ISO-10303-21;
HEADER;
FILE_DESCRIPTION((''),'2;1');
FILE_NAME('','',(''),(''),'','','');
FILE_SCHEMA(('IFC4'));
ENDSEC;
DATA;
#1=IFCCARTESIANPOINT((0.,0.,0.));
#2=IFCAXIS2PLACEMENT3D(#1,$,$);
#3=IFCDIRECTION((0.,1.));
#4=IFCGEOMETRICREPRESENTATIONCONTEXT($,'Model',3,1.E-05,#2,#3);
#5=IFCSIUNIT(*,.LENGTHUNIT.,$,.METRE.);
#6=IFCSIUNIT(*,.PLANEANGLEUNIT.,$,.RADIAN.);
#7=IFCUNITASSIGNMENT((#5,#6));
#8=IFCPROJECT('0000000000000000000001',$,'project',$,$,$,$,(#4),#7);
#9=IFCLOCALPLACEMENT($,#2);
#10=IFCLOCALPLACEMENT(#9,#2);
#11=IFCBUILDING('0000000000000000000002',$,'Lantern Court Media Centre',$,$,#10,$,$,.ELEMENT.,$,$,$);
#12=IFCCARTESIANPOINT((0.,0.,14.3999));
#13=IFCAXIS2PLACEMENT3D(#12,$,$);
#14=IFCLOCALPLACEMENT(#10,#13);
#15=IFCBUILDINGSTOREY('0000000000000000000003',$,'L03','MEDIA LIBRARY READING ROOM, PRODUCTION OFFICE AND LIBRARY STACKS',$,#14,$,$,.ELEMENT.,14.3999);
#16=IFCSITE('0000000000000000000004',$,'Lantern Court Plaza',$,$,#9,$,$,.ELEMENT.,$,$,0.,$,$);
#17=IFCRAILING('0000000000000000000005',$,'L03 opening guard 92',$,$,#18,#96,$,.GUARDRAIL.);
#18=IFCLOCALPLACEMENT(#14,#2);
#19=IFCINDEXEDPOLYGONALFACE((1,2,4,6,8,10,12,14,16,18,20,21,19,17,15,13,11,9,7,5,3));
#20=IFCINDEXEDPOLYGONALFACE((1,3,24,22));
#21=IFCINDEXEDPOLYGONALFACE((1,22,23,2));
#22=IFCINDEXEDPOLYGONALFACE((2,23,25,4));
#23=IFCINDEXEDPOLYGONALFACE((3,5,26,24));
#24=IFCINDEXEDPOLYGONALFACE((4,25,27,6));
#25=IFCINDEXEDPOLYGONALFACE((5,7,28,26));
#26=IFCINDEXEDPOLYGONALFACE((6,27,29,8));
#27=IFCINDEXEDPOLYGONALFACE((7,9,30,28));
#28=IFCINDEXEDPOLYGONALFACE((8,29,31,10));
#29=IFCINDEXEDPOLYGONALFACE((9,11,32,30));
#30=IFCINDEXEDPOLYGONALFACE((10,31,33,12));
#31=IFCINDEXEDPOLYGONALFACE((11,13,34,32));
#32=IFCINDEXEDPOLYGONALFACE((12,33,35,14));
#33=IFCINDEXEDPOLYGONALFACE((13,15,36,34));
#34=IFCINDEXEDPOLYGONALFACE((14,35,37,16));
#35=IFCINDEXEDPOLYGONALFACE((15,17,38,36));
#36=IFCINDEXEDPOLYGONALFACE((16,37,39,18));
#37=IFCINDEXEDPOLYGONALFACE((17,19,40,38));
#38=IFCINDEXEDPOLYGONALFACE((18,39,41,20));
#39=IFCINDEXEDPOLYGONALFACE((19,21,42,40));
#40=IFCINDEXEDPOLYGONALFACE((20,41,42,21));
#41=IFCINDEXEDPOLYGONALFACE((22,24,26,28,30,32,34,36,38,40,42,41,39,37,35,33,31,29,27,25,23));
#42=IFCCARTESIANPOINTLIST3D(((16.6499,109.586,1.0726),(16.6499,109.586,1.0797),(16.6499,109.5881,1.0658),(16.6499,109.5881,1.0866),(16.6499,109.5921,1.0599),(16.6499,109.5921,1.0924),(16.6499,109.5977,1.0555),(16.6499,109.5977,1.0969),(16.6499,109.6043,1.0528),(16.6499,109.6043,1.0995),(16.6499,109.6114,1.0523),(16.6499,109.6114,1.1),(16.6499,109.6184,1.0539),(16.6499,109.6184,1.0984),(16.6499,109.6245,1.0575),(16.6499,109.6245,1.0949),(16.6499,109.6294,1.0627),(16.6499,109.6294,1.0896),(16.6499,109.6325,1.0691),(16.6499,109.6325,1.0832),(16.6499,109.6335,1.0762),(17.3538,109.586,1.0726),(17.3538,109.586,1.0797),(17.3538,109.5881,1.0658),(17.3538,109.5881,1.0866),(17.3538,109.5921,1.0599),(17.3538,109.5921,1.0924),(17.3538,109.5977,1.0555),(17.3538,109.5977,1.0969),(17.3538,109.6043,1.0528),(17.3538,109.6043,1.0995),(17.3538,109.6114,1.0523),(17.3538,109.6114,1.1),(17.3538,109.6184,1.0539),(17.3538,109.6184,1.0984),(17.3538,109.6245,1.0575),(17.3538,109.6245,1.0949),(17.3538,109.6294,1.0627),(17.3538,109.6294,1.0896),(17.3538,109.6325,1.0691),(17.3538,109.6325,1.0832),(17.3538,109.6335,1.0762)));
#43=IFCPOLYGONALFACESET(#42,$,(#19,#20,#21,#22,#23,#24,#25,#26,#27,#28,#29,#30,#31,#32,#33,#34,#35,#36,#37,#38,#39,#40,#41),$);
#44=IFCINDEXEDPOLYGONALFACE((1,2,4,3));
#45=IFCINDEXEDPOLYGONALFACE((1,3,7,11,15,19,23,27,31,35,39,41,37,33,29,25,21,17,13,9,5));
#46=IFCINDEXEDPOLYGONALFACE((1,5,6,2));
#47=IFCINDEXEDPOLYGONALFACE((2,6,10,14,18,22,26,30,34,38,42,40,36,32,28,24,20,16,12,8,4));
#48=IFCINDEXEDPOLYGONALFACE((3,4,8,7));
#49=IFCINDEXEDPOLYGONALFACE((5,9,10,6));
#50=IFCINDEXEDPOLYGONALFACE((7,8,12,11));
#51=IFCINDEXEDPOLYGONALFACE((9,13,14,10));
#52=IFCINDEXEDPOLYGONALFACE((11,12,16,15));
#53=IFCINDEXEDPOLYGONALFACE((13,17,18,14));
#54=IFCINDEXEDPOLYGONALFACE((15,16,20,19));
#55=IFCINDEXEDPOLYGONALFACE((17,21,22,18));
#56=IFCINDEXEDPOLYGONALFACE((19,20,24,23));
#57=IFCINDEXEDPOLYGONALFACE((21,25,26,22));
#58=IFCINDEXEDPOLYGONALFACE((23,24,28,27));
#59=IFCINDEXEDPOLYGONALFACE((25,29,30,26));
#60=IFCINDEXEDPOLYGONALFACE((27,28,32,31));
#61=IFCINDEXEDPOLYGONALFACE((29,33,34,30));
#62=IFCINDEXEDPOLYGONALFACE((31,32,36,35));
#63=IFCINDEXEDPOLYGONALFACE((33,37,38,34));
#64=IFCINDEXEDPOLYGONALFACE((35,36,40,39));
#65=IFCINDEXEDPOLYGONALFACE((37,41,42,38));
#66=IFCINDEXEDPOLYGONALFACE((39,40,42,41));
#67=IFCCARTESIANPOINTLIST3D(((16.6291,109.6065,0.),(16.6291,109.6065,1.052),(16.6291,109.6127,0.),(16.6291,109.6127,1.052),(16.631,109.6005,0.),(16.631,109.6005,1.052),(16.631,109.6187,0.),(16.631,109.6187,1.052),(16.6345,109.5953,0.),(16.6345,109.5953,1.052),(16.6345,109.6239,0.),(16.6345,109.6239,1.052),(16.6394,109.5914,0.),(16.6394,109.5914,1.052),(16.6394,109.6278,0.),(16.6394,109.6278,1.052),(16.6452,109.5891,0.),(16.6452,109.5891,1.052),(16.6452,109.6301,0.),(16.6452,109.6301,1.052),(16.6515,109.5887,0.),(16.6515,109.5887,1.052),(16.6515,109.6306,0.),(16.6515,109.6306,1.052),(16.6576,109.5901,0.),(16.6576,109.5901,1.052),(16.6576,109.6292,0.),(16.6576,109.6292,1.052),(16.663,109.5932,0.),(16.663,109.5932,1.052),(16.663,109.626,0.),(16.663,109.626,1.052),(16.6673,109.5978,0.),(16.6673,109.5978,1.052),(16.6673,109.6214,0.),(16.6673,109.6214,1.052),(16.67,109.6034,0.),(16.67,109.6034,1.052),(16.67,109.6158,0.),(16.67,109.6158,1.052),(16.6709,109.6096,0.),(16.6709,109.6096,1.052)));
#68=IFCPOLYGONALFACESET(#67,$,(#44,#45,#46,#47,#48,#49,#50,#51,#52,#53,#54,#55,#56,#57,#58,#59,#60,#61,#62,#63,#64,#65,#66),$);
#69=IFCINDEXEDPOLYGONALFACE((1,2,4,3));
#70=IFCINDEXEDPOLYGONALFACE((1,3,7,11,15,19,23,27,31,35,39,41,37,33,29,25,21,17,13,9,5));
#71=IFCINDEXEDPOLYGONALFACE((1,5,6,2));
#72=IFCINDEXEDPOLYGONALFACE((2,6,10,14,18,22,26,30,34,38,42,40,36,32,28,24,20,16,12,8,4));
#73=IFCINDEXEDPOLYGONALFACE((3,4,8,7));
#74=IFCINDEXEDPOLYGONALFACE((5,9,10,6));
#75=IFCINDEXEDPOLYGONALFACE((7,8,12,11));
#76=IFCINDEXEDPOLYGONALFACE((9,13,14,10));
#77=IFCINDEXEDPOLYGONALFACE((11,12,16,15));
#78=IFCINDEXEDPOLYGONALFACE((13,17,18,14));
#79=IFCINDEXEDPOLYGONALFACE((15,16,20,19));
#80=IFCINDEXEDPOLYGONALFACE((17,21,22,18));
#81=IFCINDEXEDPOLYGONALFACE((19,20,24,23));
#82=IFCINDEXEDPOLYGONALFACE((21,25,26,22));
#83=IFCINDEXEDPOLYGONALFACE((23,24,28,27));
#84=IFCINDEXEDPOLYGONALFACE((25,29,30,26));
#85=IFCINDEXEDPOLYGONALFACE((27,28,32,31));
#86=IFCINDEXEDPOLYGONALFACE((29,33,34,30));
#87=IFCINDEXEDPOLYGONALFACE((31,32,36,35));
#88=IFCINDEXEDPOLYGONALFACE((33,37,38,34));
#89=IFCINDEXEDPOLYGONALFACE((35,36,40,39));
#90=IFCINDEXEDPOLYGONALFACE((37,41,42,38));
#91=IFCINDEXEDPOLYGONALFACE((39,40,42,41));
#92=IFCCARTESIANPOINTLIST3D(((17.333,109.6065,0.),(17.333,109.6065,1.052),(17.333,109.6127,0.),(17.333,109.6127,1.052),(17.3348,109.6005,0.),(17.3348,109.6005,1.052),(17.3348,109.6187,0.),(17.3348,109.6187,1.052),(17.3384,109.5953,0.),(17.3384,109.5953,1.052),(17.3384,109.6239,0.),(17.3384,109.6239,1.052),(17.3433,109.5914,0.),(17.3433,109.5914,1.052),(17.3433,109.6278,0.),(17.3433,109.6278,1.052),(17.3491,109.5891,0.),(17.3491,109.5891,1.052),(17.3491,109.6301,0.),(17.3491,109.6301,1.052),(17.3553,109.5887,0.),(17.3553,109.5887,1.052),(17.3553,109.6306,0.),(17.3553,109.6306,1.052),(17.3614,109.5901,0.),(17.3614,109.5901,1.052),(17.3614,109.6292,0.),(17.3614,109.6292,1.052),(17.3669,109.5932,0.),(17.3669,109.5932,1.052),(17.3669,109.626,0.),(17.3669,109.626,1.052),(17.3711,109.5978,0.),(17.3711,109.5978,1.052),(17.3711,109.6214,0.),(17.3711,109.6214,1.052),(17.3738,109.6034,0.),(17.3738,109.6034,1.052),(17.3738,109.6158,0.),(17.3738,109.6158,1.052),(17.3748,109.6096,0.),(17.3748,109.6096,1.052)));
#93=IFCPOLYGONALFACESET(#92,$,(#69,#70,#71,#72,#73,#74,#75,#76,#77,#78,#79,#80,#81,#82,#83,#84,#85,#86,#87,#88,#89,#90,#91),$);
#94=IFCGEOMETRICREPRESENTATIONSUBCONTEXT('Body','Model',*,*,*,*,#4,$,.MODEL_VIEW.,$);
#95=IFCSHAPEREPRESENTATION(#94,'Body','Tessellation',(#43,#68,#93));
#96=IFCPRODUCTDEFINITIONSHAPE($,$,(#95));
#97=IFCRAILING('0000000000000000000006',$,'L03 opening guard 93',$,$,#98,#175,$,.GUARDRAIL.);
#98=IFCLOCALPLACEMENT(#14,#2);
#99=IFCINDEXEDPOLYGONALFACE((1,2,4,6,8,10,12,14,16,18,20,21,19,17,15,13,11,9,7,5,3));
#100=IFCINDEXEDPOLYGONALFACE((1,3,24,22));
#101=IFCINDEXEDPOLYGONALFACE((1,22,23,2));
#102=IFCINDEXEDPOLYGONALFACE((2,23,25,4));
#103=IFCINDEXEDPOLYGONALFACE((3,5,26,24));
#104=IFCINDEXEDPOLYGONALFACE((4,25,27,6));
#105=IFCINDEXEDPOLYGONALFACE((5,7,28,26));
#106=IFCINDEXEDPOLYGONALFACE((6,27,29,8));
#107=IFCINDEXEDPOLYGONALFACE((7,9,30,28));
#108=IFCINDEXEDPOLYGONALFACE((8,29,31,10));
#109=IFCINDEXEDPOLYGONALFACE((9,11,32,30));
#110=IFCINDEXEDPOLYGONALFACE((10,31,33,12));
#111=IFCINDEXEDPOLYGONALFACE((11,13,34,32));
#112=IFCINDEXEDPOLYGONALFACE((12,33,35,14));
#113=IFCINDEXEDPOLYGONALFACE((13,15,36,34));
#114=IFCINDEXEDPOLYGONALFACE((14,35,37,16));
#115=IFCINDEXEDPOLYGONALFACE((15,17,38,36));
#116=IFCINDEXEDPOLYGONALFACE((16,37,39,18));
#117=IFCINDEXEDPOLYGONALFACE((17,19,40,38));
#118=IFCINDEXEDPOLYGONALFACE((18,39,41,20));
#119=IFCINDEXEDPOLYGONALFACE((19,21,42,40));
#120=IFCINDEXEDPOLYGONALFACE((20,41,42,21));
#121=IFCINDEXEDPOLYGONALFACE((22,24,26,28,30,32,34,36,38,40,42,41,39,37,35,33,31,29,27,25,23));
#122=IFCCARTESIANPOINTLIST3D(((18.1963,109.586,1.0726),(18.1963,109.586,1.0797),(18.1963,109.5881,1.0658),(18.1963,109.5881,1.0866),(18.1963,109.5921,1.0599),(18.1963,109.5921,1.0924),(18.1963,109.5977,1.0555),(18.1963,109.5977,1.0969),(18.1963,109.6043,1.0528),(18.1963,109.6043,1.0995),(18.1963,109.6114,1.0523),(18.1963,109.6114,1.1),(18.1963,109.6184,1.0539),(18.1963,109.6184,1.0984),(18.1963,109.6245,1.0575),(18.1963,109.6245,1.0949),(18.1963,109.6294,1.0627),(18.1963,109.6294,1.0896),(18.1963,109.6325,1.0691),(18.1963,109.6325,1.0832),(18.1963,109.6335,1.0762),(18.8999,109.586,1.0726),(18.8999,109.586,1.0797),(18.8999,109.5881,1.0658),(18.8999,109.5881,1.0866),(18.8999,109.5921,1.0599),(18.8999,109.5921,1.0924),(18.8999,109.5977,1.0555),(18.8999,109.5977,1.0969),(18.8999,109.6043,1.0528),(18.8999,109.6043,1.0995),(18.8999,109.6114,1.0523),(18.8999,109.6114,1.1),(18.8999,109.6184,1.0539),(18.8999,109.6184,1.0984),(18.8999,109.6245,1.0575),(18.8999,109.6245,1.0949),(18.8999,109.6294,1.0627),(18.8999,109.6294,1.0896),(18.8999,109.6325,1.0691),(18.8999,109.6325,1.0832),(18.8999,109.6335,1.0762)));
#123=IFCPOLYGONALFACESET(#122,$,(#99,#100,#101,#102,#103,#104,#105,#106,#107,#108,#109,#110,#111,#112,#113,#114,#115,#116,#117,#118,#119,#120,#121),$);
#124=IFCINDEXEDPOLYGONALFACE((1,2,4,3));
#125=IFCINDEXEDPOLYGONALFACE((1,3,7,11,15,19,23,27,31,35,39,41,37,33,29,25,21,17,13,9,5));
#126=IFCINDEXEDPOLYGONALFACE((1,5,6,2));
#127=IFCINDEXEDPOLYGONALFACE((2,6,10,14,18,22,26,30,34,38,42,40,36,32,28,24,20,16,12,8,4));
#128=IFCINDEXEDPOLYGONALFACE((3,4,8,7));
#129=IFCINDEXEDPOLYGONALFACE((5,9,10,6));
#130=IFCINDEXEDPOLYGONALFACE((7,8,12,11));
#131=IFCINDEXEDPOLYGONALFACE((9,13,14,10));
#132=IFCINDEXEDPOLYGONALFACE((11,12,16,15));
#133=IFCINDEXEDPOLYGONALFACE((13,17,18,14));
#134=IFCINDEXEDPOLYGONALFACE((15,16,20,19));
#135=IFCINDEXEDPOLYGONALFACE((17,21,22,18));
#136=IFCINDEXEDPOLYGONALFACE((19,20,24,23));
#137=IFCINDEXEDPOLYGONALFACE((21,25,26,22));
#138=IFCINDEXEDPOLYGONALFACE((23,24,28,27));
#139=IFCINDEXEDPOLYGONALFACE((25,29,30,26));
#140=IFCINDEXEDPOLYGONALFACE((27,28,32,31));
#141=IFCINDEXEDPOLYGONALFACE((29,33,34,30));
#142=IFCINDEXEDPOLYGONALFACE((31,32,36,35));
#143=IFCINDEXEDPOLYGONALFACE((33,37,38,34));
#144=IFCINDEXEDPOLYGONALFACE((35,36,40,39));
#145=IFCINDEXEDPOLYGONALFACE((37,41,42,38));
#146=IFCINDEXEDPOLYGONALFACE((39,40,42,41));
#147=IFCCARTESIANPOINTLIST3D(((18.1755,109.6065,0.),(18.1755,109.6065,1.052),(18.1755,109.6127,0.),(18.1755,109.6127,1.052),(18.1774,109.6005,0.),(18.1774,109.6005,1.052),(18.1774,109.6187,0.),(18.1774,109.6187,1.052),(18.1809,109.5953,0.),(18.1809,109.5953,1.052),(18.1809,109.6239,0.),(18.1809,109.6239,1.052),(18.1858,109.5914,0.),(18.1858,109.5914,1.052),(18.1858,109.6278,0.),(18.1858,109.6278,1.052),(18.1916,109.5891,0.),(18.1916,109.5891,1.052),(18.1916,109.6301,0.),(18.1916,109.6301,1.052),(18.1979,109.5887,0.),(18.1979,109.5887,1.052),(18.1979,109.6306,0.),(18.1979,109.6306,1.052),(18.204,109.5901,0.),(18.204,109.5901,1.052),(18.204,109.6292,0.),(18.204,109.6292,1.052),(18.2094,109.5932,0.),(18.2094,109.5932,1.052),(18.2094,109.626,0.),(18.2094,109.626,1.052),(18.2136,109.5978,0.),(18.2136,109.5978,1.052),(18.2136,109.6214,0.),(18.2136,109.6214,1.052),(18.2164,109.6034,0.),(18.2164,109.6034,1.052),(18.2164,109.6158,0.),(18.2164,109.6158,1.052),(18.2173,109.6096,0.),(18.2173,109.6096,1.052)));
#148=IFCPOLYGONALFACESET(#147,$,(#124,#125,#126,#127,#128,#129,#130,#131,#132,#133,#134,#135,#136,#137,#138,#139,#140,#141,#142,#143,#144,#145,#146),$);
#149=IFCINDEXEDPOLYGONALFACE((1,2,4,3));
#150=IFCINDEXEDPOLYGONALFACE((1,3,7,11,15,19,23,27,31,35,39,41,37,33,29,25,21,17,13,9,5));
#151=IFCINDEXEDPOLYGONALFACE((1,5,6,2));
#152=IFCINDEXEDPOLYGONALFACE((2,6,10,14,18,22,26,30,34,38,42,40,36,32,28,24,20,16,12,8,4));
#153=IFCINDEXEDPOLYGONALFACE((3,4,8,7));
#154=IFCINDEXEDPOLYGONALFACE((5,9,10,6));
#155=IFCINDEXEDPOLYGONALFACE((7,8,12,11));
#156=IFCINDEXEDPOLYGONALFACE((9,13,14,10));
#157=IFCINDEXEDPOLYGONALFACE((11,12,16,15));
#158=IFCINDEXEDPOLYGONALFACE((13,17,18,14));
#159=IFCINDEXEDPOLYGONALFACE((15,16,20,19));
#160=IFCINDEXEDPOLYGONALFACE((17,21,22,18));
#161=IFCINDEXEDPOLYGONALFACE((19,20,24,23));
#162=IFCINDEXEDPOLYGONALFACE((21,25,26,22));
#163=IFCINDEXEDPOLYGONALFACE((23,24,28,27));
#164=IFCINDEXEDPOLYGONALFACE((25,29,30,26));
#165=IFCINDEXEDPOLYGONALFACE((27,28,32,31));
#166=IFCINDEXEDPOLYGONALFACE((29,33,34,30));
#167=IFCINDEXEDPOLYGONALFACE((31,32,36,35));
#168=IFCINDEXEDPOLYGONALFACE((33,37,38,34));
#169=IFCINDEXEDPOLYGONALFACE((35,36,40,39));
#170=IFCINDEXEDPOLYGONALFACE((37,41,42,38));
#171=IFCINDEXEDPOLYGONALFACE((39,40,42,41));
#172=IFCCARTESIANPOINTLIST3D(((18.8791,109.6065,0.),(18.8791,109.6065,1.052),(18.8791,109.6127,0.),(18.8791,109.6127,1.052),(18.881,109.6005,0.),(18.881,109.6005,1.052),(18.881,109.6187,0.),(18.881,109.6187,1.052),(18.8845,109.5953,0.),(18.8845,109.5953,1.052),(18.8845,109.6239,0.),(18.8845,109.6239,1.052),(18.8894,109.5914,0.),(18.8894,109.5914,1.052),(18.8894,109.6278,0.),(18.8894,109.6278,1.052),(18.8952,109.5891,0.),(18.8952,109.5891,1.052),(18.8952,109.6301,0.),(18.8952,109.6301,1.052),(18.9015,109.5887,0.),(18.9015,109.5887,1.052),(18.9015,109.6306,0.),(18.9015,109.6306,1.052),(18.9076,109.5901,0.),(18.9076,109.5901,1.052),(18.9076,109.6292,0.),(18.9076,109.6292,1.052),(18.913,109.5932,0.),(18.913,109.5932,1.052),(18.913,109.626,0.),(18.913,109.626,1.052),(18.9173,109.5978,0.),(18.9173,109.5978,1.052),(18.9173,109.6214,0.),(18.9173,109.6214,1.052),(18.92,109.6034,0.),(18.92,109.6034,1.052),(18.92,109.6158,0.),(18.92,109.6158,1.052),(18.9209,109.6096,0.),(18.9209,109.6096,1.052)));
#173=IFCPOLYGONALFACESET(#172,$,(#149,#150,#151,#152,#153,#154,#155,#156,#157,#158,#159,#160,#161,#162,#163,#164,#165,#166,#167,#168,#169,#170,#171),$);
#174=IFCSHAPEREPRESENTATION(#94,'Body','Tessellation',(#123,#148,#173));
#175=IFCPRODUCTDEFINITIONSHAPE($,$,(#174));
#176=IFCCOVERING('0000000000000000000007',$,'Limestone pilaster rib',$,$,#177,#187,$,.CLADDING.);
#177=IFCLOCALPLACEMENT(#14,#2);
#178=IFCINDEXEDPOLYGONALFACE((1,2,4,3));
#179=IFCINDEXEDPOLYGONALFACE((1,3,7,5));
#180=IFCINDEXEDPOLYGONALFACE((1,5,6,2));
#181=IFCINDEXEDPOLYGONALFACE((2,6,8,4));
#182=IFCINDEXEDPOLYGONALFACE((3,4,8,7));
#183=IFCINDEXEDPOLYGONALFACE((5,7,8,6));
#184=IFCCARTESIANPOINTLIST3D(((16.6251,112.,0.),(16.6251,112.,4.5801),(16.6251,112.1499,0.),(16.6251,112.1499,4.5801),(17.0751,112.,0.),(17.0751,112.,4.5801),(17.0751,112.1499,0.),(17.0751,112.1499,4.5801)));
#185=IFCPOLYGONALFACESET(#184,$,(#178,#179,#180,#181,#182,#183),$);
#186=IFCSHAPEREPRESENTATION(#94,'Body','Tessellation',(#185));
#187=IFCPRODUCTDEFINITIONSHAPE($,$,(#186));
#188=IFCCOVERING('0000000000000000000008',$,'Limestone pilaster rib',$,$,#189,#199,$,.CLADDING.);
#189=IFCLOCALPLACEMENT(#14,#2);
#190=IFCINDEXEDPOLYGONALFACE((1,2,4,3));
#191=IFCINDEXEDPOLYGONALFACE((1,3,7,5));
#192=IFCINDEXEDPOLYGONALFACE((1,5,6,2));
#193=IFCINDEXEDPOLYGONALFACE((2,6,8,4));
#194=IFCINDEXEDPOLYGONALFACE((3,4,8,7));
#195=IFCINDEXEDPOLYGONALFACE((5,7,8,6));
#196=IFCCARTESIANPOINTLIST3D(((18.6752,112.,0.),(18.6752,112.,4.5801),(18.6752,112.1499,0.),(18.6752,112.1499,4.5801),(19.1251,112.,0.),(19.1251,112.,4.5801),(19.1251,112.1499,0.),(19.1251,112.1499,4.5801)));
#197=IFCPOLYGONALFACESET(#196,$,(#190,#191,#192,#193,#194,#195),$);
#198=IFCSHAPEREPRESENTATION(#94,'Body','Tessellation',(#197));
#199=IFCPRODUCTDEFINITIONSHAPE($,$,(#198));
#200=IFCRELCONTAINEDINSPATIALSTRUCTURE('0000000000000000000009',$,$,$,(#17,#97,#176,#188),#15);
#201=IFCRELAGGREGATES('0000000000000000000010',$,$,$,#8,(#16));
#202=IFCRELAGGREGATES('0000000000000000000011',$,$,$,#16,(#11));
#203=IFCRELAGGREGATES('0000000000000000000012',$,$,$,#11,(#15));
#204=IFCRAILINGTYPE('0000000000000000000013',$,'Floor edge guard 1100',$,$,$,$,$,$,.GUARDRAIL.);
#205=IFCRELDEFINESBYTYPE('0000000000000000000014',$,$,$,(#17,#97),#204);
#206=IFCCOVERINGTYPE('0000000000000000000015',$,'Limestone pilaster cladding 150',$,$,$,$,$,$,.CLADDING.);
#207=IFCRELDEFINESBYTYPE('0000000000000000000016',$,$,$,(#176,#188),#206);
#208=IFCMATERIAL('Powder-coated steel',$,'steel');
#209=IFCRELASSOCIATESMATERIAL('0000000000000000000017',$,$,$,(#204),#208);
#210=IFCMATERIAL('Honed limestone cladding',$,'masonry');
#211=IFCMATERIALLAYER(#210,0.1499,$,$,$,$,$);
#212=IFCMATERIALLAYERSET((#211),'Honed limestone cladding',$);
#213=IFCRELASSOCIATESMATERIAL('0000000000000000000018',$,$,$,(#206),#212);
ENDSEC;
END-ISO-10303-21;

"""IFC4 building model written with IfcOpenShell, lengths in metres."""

from ifc_helpers import new_model, si_unit, direction, frame, frame_2d, origin, origin_2d, place, context, subcontext, project, spatial, rectangle, circle, extrude, material, layer, layer_set, type_object, element, save


model = new_model("IFC4")

# Units and contexts
model_context = context("Model", 3, precision=1e-05, world=origin(), true_north=direction((0.0, 1.0)))
body_context = subcontext(model_context, "Body", "Model", "MODEL_VIEW")
ifc_project = project(units=[si_unit("LENGTHUNIT", "METRE"), si_unit("PLANEANGLEUNIT", "RADIAN")], contexts=[model_context])

# Site, building, storey
site_placement = place(None, origin())
site = spatial("IfcSite", under=ifc_project, at=site_placement, Name="Lantern Court Plaza", CompositionType="ELEMENT", RefElevation=0.0)
building_placement = place(site_placement, origin())
building = spatial("IfcBuilding", under=site, at=building_placement, Name="Lantern Court Media Centre", CompositionType="ELEMENT")
storey_placement = place(building_placement, frame((0.0, 0.0, 14.3999)))
storey = spatial("IfcBuildingStorey", under=building, at=storey_placement, Name="L03", Description="MEDIA LIBRARY READING ROOM, PRODUCTION OFFICE AND LIBRARY STACKS", CompositionType="ELEMENT", Elevation=14.3999)

# Railings
ifc_material_1 = material(Name="Powder-coated steel", Category="steel")
railing_type_1 = type_object("IfcRailingType", Name="Floor edge guard 1100", PredefinedType="GUARDRAIL", material=ifc_material_1)
railing_1_placement = place(storey_placement, frame((16.6499, 109.6096, 0.0)))
element("IfcRailing", 1, at=railing_1_placement, inside=storey, type_object=railing_type_1, Name="L03 opening guard 92", PredefinedType="GUARDRAIL", context=body_context, shape_type="SweptSolid", body=[
    extrude(circle(Radius=0.0239, at=origin_2d()), frame((0.0, 0.0, 1.0762), z_axis=(1.0, 0.0, 0.0), x_axis=(0.0, 1.0, 0.0)), (0.0, 0.0, 1.0), 0.7039),
    extrude(circle(Radius=0.021, at=origin_2d()), origin(), (0.0, 0.0, 1.0), 1.052),
    extrude(circle(Radius=0.021, at=origin_2d()), frame((0.7039, 0.0, 0.0)), (0.0, 0.0, 1.0), 1.052),
])
railing_2_placement = place(storey_placement, frame((18.1963, 109.6096, 0.0)))
element("IfcRailing", 2, at=railing_2_placement, inside=storey, type_object=railing_type_1, Name="L03 opening guard 93", PredefinedType="GUARDRAIL", context=body_context, shape_type="SweptSolid", body=[
    extrude(circle(Radius=0.0239, at=origin_2d()), frame((0.0, 0.0, 1.0762), z_axis=(1.0, 0.0, 0.0), x_axis=(0.0, 1.0, 0.0)), (0.0, 0.0, 1.0), 0.7036),
    extrude(circle(Radius=0.021, at=origin_2d()), origin(), (0.0, 0.0, 1.0), 1.052),
    extrude(circle(Radius=0.021, at=origin_2d()), frame((0.7036, 0.0, 0.0)), (0.0, 0.0, 1.0), 1.052),
])

# Coverings
ifc_material_2 = material(Name="Honed limestone cladding", Category="masonry")
ifc_layer_1 = layer(ifc_material_2, 0.1499)
ifc_layer_set_1 = layer_set([ifc_layer_1], Name="Honed limestone cladding")
covering_type = type_object("IfcCoveringType", Name="Limestone pilaster cladding 150", PredefinedType="CLADDING", material=ifc_layer_set_1)
for number, where, z_axis, x_axis, name in (
    (3, (16.625, 112.075, 0.0), (0.0, 0.0, 1.0), (1.0, 0.0, 0.0), "Limestone pilaster rib"),
    (4, (18.675, 112.075, 0.0), (0.0, 0.0, 1.0), (1.0, 0.0, 0.0), "Limestone pilaster rib"),
):
    element("IfcCovering", number, at=place(storey_placement, frame(where, z_axis=z_axis, x_axis=x_axis)), inside=storey, type_object=covering_type, Name=name, PredefinedType="CLADDING", context=body_context, shape_type="SweptSolid", body=[
        extrude(rectangle(XDim=0.45, YDim=0.1499, at=frame_2d((0.2251, 0.0))), origin(), (0.0, 0.0, 1.0), 4.5801),
    ])

save(model, "model.ifc")
